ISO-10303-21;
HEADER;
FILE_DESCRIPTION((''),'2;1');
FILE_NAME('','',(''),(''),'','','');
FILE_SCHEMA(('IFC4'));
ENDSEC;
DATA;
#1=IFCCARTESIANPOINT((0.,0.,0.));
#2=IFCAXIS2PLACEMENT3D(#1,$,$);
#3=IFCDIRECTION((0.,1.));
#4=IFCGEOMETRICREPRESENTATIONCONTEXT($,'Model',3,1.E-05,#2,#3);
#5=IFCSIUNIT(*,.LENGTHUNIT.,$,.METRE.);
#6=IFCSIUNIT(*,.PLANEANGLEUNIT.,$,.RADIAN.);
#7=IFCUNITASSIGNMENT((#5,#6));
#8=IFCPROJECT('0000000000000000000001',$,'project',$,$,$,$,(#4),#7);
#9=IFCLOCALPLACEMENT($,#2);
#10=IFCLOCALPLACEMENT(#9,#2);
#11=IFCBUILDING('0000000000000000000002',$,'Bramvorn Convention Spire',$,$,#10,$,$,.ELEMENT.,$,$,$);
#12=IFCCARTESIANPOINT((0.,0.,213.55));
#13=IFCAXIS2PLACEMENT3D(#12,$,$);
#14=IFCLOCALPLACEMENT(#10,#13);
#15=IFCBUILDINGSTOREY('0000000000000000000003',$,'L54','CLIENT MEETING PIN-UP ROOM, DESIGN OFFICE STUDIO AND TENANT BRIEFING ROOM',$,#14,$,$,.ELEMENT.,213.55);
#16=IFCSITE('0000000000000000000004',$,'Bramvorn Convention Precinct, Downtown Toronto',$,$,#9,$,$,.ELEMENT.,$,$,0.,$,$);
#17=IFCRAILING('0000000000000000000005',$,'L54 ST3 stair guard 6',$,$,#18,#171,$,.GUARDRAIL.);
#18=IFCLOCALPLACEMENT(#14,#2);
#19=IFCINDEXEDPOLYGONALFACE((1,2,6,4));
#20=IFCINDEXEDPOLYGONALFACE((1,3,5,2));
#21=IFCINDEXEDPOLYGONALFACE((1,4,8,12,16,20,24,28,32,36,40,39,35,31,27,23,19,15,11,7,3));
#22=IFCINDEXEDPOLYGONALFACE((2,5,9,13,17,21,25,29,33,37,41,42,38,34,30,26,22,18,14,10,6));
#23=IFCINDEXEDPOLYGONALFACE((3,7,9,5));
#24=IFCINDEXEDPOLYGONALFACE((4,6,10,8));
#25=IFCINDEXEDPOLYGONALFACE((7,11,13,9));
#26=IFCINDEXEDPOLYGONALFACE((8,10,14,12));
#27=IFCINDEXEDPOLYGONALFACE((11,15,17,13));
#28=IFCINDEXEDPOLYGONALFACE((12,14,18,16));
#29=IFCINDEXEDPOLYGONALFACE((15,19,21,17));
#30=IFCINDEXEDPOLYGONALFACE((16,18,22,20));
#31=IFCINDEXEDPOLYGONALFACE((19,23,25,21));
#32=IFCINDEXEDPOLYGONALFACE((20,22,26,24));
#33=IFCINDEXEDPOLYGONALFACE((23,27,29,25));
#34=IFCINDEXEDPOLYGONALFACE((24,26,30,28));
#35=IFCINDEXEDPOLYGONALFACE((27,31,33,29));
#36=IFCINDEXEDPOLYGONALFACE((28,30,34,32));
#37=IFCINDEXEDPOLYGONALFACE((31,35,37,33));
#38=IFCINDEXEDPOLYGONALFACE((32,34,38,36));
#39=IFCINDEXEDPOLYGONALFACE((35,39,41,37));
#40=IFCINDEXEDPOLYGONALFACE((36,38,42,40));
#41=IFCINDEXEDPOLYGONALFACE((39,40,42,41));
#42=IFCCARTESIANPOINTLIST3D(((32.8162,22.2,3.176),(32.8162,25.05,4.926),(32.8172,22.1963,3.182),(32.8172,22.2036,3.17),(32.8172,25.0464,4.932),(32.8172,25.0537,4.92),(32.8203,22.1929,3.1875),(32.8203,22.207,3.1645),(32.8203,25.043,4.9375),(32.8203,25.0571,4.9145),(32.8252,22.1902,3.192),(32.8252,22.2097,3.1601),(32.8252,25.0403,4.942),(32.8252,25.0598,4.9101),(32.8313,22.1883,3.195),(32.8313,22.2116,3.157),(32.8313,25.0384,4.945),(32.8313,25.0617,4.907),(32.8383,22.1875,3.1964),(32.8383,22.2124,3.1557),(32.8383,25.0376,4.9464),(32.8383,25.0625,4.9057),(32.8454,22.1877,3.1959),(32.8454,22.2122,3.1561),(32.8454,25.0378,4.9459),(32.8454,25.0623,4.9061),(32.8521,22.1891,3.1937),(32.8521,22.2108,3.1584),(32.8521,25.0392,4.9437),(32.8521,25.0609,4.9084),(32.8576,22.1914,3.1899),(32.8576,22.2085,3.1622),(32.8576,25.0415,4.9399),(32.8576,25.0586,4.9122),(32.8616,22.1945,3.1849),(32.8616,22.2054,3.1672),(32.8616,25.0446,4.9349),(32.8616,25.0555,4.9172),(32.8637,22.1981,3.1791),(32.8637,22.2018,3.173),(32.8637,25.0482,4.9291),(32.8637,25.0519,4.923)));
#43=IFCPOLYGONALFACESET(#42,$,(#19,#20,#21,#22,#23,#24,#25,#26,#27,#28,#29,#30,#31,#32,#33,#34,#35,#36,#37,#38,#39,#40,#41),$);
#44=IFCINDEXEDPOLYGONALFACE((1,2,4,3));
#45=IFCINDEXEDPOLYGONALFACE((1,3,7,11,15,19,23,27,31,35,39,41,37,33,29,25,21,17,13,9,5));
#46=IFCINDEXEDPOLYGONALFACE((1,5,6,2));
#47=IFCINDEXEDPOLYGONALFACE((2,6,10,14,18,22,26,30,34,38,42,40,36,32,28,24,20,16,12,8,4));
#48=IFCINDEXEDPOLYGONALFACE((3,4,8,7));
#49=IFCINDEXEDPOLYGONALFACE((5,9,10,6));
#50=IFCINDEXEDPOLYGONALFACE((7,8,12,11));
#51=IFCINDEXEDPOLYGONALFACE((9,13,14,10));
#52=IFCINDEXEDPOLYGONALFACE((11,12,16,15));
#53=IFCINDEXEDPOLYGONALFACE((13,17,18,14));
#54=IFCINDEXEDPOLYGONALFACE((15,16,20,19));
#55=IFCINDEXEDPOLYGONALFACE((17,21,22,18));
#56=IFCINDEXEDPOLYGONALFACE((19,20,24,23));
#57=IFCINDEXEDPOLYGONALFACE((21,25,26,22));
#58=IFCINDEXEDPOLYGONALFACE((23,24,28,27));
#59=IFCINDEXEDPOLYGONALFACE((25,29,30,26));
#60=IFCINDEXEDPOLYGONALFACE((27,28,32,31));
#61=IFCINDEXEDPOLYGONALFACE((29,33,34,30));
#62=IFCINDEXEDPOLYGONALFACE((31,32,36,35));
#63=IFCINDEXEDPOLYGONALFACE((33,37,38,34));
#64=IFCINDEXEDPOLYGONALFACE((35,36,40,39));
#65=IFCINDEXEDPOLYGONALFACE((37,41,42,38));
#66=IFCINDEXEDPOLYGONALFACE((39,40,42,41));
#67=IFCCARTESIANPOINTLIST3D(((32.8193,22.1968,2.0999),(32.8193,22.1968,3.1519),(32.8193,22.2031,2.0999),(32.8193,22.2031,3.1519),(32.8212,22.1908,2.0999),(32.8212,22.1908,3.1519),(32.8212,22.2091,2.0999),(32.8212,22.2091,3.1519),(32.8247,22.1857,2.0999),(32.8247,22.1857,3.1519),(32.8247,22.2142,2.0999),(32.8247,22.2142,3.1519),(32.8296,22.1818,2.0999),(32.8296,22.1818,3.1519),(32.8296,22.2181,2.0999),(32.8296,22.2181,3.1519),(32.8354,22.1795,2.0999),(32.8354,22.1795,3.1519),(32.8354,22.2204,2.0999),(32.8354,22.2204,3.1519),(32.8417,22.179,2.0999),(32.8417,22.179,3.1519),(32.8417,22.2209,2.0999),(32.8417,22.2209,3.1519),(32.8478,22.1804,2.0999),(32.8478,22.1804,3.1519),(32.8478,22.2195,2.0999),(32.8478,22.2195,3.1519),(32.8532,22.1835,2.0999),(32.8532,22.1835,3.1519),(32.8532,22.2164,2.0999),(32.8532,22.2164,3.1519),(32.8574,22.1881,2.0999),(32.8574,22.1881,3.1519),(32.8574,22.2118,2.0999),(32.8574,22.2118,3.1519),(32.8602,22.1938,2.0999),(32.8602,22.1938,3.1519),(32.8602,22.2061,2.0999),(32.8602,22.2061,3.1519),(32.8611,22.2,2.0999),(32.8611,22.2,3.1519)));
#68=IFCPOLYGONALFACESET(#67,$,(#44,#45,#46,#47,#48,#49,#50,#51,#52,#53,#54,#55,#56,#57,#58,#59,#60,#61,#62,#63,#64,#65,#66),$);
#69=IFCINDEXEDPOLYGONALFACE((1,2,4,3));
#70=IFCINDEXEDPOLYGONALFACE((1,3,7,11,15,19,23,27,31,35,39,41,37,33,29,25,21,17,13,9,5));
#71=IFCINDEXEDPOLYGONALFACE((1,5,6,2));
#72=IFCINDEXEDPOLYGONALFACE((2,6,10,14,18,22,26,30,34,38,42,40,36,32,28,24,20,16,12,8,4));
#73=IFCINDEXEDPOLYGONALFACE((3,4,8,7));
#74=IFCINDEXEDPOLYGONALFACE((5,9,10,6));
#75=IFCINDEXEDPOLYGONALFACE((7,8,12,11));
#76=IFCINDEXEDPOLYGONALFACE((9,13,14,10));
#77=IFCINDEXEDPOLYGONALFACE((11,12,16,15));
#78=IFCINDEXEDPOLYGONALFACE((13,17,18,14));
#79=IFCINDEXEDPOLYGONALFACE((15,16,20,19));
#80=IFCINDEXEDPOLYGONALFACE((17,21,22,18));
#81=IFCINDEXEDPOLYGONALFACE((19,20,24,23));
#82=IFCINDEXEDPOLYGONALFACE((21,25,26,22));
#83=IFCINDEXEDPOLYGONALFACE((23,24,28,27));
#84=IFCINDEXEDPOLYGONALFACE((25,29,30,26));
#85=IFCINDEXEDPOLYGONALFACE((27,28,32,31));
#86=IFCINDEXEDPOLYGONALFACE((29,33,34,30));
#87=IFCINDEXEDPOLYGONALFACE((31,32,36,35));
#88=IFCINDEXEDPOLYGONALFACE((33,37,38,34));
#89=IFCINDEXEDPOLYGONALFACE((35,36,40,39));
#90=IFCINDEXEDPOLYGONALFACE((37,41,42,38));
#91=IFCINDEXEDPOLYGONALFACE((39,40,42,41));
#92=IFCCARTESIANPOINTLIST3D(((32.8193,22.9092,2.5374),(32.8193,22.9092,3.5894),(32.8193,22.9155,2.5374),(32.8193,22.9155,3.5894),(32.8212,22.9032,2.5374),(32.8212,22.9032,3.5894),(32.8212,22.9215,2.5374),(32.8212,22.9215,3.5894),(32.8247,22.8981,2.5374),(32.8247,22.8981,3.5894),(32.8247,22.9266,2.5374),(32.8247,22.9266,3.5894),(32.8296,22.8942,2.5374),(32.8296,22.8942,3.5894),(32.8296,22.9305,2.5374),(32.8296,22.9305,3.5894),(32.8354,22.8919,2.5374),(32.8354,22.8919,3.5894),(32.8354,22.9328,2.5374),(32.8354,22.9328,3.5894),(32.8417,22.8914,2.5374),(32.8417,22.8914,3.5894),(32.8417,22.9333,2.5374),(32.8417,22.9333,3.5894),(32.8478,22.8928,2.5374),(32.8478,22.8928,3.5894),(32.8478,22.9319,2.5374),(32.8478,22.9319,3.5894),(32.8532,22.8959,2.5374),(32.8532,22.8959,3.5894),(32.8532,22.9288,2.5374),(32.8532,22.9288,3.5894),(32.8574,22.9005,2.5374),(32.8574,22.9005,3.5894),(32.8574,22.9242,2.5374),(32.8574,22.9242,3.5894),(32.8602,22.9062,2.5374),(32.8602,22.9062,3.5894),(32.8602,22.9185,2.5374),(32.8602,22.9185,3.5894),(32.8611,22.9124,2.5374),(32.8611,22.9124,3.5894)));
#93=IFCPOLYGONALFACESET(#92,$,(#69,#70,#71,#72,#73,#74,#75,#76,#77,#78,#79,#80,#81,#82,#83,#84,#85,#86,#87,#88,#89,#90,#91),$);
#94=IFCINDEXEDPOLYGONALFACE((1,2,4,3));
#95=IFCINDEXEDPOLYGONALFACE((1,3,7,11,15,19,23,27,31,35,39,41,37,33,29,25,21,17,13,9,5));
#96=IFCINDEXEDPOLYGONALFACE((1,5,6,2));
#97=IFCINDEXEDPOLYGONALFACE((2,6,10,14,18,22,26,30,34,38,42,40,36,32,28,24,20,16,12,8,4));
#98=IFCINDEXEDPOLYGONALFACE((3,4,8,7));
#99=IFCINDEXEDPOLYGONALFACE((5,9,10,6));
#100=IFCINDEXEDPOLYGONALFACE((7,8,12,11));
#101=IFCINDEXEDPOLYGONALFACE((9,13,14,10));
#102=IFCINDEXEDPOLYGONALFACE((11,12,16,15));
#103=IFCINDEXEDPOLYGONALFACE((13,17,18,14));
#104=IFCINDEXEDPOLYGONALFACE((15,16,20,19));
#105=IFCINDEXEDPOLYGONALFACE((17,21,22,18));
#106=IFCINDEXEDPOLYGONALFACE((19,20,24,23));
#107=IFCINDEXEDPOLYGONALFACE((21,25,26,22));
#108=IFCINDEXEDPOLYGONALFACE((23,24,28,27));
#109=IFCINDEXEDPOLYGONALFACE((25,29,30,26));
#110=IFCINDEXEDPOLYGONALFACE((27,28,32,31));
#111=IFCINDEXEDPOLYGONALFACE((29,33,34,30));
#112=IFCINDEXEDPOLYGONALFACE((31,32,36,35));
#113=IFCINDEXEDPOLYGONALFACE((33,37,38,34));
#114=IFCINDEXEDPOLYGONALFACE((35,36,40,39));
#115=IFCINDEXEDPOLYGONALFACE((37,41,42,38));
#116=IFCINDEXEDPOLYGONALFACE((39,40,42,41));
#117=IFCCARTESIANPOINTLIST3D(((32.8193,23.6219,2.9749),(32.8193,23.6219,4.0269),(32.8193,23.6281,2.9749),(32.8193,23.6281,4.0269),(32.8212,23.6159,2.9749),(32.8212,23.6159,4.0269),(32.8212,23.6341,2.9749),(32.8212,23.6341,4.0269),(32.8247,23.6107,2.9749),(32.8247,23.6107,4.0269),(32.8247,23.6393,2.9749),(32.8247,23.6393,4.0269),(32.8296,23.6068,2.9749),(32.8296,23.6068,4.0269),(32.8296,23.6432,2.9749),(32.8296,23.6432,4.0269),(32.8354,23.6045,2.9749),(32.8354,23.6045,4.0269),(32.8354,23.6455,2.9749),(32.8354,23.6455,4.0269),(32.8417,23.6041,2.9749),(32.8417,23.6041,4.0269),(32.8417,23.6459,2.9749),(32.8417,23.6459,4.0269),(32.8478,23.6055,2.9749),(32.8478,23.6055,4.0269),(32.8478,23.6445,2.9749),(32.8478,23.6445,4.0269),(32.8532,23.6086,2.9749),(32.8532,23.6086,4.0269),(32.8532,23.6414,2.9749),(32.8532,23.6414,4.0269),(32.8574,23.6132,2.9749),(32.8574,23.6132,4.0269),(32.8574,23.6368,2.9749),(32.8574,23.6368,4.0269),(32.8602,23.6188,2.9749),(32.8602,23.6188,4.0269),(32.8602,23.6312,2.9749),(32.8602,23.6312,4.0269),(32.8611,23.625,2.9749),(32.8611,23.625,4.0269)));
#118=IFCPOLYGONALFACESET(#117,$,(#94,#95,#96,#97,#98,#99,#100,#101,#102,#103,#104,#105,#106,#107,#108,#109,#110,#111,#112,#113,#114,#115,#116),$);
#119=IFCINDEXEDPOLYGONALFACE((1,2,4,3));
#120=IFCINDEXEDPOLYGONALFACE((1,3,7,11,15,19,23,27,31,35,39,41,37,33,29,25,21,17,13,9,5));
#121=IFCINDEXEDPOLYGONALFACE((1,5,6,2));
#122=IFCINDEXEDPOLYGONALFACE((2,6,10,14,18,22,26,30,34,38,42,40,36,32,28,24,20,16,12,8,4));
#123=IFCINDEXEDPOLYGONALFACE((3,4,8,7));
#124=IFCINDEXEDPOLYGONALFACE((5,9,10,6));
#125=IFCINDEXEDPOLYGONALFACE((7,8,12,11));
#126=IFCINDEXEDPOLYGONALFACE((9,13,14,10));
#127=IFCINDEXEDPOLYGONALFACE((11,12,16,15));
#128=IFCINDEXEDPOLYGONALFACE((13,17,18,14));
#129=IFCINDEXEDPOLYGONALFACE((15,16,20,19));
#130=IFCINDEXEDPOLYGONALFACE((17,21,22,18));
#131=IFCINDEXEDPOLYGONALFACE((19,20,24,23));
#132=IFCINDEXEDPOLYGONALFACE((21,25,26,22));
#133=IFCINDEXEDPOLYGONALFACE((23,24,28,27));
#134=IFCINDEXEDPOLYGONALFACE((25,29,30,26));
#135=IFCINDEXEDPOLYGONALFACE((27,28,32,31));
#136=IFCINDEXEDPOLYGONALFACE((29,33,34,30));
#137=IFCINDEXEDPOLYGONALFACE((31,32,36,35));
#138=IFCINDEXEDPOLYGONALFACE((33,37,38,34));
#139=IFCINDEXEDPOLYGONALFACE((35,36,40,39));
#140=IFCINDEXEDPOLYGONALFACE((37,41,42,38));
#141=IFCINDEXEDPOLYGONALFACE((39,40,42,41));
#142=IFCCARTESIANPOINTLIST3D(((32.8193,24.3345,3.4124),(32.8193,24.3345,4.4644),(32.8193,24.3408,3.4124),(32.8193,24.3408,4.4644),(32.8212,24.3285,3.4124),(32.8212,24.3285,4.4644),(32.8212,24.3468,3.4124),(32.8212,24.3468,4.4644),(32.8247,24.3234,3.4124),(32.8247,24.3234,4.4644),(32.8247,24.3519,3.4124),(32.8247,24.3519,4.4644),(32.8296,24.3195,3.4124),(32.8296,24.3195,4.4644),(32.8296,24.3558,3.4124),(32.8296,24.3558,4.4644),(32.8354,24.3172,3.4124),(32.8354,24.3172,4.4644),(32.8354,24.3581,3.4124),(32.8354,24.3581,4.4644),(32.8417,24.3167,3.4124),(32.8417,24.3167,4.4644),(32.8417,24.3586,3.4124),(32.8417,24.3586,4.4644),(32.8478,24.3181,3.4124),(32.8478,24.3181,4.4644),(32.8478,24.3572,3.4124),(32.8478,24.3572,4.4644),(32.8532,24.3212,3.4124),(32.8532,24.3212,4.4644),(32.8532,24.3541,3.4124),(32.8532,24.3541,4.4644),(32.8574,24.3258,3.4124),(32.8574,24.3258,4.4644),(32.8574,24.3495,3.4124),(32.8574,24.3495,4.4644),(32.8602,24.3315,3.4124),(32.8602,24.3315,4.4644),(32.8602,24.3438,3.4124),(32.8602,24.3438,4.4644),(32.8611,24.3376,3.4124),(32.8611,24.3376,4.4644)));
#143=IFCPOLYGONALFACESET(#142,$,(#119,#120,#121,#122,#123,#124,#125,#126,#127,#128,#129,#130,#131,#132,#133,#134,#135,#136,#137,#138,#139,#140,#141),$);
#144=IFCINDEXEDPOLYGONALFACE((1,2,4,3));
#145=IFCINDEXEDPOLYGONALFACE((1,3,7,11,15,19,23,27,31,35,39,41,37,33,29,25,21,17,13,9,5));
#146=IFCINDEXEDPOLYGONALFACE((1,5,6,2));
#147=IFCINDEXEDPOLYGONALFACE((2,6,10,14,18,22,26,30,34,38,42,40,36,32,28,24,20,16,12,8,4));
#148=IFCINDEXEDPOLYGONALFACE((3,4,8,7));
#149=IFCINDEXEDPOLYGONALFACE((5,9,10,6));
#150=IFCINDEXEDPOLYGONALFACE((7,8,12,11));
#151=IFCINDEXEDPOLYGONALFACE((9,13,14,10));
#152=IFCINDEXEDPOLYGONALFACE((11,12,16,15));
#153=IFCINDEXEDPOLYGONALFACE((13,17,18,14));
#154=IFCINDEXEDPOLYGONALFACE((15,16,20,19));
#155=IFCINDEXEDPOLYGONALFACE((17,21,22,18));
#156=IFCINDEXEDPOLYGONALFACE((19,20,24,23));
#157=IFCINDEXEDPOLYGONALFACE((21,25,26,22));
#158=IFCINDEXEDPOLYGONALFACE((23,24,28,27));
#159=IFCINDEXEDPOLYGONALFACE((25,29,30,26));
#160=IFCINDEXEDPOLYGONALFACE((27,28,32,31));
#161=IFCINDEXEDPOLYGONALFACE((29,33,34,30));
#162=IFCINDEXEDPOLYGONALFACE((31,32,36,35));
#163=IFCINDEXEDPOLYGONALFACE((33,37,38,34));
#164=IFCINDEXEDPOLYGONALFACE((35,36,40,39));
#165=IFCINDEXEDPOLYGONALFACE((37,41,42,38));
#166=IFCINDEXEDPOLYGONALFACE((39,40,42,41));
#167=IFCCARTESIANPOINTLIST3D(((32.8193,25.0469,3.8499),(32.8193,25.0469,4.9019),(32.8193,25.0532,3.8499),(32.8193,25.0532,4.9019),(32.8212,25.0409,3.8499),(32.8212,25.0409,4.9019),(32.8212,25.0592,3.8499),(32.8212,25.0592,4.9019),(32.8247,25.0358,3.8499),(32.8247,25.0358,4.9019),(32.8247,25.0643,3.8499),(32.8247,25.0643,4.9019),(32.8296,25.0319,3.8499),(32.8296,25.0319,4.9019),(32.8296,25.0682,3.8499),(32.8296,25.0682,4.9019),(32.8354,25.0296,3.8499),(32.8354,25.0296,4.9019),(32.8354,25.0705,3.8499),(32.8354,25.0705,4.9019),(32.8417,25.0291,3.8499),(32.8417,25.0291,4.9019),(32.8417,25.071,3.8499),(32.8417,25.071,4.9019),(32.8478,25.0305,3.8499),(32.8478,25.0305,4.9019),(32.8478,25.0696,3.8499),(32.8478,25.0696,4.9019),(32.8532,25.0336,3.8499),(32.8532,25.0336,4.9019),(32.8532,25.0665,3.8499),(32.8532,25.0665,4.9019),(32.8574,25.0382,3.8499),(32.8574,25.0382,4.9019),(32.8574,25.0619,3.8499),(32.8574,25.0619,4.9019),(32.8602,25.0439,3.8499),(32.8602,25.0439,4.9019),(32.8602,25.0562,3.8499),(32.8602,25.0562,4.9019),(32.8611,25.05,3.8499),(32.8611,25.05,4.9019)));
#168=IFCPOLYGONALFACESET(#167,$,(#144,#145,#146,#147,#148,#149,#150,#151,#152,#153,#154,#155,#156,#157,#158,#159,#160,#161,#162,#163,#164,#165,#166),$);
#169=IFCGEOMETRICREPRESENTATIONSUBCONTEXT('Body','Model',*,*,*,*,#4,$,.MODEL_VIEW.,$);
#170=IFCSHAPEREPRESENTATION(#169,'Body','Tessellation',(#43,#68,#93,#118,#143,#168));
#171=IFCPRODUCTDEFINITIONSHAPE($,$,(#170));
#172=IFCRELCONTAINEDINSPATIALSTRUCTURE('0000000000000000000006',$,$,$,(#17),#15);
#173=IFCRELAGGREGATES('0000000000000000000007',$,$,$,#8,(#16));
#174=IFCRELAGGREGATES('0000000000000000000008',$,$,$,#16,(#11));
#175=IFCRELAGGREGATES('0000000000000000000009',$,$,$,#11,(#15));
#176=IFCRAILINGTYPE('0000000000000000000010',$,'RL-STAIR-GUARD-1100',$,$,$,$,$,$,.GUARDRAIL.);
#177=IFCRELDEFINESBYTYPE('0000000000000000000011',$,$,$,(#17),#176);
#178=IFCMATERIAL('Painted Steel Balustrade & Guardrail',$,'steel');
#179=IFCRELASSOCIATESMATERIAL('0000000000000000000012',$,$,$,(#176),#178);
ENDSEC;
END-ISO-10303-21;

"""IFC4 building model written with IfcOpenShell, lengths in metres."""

from ifc_helpers import new_model, si_unit, direction, frame, origin, origin_2d, place, context, subcontext, project, spatial, circle, extrude, material, type_object, element, save


model = new_model("IFC4")

# Units and contexts
model_context = context("Model", 3, precision=1e-05, world=origin(), true_north=direction((0.0, 1.0)))
body_context = subcontext(model_context, "Body", "Model", "MODEL_VIEW")
ifc_project = project(units=[si_unit("LENGTHUNIT", "METRE"), si_unit("PLANEANGLEUNIT", "RADIAN")], contexts=[model_context])

# Site, building, storey
site_placement = place(None, origin())
site = spatial("IfcSite", under=ifc_project, at=site_placement, Name="Bramvorn Convention Precinct, Downtown Toronto", CompositionType="ELEMENT", RefElevation=0.0)
building_placement = place(site_placement, origin())
building = spatial("IfcBuilding", under=site, at=building_placement, Name="Bramvorn Convention Spire", CompositionType="ELEMENT")
storey_placement = place(building_placement, frame((0.0, 0.0, 213.55)))
storey = spatial("IfcBuildingStorey", under=building, at=storey_placement, Name="L54", Description="CLIENT MEETING PIN-UP ROOM, DESIGN OFFICE STUDIO AND TENANT BRIEFING ROOM", CompositionType="ELEMENT", Elevation=213.55)

# Railing
ifc_material_1 = material(Name="Painted Steel Balustrade & Guardrail", Category="steel")
railing_type_1 = type_object("IfcRailingType", Name="RL-STAIR-GUARD-1100", PredefinedType="GUARDRAIL", material=ifc_material_1)
railing_1_placement = place(storey_placement, frame((32.8401, 22.2, 2.0999)))
element("IfcRailing", 1, at=railing_1_placement, inside=storey, type_object=railing_type_1, Name="L54 ST3 stair guard 6", PredefinedType="GUARDRAIL", context=body_context, shape_type="SweptSolid", body=[
    extrude(circle(Radius=0.0239, at=origin_2d()), frame((0.0, 0.0, 1.0762), z_axis=(0.0, 0.852179, 0.52325), x_axis=(-1.0, 0.0, 0.0)), (0.0, 0.0, 1.0), 3.3445),
    extrude(circle(Radius=0.021, at=origin_2d()), origin(), (0.0, 0.0, 1.0), 1.052),
    extrude(circle(Radius=0.021, at=origin_2d()), frame((0.0, 0.7124, 0.4375)), (0.0, 0.0, 1.0), 1.052),
    extrude(circle(Radius=0.021, at=origin_2d()), frame((0.0, 1.425, 0.875)), (0.0, 0.0, 1.0), 1.052),
    extrude(circle(Radius=0.021, at=origin_2d()), frame((0.0, 2.1377, 1.3125)), (0.0, 0.0, 1.0), 1.052),
    extrude(circle(Radius=0.021, at=origin_2d()), frame((0.0, 2.8501, 1.75)), (0.0, 0.0, 1.0), 1.052),
])

save(model, "model.ifc")
